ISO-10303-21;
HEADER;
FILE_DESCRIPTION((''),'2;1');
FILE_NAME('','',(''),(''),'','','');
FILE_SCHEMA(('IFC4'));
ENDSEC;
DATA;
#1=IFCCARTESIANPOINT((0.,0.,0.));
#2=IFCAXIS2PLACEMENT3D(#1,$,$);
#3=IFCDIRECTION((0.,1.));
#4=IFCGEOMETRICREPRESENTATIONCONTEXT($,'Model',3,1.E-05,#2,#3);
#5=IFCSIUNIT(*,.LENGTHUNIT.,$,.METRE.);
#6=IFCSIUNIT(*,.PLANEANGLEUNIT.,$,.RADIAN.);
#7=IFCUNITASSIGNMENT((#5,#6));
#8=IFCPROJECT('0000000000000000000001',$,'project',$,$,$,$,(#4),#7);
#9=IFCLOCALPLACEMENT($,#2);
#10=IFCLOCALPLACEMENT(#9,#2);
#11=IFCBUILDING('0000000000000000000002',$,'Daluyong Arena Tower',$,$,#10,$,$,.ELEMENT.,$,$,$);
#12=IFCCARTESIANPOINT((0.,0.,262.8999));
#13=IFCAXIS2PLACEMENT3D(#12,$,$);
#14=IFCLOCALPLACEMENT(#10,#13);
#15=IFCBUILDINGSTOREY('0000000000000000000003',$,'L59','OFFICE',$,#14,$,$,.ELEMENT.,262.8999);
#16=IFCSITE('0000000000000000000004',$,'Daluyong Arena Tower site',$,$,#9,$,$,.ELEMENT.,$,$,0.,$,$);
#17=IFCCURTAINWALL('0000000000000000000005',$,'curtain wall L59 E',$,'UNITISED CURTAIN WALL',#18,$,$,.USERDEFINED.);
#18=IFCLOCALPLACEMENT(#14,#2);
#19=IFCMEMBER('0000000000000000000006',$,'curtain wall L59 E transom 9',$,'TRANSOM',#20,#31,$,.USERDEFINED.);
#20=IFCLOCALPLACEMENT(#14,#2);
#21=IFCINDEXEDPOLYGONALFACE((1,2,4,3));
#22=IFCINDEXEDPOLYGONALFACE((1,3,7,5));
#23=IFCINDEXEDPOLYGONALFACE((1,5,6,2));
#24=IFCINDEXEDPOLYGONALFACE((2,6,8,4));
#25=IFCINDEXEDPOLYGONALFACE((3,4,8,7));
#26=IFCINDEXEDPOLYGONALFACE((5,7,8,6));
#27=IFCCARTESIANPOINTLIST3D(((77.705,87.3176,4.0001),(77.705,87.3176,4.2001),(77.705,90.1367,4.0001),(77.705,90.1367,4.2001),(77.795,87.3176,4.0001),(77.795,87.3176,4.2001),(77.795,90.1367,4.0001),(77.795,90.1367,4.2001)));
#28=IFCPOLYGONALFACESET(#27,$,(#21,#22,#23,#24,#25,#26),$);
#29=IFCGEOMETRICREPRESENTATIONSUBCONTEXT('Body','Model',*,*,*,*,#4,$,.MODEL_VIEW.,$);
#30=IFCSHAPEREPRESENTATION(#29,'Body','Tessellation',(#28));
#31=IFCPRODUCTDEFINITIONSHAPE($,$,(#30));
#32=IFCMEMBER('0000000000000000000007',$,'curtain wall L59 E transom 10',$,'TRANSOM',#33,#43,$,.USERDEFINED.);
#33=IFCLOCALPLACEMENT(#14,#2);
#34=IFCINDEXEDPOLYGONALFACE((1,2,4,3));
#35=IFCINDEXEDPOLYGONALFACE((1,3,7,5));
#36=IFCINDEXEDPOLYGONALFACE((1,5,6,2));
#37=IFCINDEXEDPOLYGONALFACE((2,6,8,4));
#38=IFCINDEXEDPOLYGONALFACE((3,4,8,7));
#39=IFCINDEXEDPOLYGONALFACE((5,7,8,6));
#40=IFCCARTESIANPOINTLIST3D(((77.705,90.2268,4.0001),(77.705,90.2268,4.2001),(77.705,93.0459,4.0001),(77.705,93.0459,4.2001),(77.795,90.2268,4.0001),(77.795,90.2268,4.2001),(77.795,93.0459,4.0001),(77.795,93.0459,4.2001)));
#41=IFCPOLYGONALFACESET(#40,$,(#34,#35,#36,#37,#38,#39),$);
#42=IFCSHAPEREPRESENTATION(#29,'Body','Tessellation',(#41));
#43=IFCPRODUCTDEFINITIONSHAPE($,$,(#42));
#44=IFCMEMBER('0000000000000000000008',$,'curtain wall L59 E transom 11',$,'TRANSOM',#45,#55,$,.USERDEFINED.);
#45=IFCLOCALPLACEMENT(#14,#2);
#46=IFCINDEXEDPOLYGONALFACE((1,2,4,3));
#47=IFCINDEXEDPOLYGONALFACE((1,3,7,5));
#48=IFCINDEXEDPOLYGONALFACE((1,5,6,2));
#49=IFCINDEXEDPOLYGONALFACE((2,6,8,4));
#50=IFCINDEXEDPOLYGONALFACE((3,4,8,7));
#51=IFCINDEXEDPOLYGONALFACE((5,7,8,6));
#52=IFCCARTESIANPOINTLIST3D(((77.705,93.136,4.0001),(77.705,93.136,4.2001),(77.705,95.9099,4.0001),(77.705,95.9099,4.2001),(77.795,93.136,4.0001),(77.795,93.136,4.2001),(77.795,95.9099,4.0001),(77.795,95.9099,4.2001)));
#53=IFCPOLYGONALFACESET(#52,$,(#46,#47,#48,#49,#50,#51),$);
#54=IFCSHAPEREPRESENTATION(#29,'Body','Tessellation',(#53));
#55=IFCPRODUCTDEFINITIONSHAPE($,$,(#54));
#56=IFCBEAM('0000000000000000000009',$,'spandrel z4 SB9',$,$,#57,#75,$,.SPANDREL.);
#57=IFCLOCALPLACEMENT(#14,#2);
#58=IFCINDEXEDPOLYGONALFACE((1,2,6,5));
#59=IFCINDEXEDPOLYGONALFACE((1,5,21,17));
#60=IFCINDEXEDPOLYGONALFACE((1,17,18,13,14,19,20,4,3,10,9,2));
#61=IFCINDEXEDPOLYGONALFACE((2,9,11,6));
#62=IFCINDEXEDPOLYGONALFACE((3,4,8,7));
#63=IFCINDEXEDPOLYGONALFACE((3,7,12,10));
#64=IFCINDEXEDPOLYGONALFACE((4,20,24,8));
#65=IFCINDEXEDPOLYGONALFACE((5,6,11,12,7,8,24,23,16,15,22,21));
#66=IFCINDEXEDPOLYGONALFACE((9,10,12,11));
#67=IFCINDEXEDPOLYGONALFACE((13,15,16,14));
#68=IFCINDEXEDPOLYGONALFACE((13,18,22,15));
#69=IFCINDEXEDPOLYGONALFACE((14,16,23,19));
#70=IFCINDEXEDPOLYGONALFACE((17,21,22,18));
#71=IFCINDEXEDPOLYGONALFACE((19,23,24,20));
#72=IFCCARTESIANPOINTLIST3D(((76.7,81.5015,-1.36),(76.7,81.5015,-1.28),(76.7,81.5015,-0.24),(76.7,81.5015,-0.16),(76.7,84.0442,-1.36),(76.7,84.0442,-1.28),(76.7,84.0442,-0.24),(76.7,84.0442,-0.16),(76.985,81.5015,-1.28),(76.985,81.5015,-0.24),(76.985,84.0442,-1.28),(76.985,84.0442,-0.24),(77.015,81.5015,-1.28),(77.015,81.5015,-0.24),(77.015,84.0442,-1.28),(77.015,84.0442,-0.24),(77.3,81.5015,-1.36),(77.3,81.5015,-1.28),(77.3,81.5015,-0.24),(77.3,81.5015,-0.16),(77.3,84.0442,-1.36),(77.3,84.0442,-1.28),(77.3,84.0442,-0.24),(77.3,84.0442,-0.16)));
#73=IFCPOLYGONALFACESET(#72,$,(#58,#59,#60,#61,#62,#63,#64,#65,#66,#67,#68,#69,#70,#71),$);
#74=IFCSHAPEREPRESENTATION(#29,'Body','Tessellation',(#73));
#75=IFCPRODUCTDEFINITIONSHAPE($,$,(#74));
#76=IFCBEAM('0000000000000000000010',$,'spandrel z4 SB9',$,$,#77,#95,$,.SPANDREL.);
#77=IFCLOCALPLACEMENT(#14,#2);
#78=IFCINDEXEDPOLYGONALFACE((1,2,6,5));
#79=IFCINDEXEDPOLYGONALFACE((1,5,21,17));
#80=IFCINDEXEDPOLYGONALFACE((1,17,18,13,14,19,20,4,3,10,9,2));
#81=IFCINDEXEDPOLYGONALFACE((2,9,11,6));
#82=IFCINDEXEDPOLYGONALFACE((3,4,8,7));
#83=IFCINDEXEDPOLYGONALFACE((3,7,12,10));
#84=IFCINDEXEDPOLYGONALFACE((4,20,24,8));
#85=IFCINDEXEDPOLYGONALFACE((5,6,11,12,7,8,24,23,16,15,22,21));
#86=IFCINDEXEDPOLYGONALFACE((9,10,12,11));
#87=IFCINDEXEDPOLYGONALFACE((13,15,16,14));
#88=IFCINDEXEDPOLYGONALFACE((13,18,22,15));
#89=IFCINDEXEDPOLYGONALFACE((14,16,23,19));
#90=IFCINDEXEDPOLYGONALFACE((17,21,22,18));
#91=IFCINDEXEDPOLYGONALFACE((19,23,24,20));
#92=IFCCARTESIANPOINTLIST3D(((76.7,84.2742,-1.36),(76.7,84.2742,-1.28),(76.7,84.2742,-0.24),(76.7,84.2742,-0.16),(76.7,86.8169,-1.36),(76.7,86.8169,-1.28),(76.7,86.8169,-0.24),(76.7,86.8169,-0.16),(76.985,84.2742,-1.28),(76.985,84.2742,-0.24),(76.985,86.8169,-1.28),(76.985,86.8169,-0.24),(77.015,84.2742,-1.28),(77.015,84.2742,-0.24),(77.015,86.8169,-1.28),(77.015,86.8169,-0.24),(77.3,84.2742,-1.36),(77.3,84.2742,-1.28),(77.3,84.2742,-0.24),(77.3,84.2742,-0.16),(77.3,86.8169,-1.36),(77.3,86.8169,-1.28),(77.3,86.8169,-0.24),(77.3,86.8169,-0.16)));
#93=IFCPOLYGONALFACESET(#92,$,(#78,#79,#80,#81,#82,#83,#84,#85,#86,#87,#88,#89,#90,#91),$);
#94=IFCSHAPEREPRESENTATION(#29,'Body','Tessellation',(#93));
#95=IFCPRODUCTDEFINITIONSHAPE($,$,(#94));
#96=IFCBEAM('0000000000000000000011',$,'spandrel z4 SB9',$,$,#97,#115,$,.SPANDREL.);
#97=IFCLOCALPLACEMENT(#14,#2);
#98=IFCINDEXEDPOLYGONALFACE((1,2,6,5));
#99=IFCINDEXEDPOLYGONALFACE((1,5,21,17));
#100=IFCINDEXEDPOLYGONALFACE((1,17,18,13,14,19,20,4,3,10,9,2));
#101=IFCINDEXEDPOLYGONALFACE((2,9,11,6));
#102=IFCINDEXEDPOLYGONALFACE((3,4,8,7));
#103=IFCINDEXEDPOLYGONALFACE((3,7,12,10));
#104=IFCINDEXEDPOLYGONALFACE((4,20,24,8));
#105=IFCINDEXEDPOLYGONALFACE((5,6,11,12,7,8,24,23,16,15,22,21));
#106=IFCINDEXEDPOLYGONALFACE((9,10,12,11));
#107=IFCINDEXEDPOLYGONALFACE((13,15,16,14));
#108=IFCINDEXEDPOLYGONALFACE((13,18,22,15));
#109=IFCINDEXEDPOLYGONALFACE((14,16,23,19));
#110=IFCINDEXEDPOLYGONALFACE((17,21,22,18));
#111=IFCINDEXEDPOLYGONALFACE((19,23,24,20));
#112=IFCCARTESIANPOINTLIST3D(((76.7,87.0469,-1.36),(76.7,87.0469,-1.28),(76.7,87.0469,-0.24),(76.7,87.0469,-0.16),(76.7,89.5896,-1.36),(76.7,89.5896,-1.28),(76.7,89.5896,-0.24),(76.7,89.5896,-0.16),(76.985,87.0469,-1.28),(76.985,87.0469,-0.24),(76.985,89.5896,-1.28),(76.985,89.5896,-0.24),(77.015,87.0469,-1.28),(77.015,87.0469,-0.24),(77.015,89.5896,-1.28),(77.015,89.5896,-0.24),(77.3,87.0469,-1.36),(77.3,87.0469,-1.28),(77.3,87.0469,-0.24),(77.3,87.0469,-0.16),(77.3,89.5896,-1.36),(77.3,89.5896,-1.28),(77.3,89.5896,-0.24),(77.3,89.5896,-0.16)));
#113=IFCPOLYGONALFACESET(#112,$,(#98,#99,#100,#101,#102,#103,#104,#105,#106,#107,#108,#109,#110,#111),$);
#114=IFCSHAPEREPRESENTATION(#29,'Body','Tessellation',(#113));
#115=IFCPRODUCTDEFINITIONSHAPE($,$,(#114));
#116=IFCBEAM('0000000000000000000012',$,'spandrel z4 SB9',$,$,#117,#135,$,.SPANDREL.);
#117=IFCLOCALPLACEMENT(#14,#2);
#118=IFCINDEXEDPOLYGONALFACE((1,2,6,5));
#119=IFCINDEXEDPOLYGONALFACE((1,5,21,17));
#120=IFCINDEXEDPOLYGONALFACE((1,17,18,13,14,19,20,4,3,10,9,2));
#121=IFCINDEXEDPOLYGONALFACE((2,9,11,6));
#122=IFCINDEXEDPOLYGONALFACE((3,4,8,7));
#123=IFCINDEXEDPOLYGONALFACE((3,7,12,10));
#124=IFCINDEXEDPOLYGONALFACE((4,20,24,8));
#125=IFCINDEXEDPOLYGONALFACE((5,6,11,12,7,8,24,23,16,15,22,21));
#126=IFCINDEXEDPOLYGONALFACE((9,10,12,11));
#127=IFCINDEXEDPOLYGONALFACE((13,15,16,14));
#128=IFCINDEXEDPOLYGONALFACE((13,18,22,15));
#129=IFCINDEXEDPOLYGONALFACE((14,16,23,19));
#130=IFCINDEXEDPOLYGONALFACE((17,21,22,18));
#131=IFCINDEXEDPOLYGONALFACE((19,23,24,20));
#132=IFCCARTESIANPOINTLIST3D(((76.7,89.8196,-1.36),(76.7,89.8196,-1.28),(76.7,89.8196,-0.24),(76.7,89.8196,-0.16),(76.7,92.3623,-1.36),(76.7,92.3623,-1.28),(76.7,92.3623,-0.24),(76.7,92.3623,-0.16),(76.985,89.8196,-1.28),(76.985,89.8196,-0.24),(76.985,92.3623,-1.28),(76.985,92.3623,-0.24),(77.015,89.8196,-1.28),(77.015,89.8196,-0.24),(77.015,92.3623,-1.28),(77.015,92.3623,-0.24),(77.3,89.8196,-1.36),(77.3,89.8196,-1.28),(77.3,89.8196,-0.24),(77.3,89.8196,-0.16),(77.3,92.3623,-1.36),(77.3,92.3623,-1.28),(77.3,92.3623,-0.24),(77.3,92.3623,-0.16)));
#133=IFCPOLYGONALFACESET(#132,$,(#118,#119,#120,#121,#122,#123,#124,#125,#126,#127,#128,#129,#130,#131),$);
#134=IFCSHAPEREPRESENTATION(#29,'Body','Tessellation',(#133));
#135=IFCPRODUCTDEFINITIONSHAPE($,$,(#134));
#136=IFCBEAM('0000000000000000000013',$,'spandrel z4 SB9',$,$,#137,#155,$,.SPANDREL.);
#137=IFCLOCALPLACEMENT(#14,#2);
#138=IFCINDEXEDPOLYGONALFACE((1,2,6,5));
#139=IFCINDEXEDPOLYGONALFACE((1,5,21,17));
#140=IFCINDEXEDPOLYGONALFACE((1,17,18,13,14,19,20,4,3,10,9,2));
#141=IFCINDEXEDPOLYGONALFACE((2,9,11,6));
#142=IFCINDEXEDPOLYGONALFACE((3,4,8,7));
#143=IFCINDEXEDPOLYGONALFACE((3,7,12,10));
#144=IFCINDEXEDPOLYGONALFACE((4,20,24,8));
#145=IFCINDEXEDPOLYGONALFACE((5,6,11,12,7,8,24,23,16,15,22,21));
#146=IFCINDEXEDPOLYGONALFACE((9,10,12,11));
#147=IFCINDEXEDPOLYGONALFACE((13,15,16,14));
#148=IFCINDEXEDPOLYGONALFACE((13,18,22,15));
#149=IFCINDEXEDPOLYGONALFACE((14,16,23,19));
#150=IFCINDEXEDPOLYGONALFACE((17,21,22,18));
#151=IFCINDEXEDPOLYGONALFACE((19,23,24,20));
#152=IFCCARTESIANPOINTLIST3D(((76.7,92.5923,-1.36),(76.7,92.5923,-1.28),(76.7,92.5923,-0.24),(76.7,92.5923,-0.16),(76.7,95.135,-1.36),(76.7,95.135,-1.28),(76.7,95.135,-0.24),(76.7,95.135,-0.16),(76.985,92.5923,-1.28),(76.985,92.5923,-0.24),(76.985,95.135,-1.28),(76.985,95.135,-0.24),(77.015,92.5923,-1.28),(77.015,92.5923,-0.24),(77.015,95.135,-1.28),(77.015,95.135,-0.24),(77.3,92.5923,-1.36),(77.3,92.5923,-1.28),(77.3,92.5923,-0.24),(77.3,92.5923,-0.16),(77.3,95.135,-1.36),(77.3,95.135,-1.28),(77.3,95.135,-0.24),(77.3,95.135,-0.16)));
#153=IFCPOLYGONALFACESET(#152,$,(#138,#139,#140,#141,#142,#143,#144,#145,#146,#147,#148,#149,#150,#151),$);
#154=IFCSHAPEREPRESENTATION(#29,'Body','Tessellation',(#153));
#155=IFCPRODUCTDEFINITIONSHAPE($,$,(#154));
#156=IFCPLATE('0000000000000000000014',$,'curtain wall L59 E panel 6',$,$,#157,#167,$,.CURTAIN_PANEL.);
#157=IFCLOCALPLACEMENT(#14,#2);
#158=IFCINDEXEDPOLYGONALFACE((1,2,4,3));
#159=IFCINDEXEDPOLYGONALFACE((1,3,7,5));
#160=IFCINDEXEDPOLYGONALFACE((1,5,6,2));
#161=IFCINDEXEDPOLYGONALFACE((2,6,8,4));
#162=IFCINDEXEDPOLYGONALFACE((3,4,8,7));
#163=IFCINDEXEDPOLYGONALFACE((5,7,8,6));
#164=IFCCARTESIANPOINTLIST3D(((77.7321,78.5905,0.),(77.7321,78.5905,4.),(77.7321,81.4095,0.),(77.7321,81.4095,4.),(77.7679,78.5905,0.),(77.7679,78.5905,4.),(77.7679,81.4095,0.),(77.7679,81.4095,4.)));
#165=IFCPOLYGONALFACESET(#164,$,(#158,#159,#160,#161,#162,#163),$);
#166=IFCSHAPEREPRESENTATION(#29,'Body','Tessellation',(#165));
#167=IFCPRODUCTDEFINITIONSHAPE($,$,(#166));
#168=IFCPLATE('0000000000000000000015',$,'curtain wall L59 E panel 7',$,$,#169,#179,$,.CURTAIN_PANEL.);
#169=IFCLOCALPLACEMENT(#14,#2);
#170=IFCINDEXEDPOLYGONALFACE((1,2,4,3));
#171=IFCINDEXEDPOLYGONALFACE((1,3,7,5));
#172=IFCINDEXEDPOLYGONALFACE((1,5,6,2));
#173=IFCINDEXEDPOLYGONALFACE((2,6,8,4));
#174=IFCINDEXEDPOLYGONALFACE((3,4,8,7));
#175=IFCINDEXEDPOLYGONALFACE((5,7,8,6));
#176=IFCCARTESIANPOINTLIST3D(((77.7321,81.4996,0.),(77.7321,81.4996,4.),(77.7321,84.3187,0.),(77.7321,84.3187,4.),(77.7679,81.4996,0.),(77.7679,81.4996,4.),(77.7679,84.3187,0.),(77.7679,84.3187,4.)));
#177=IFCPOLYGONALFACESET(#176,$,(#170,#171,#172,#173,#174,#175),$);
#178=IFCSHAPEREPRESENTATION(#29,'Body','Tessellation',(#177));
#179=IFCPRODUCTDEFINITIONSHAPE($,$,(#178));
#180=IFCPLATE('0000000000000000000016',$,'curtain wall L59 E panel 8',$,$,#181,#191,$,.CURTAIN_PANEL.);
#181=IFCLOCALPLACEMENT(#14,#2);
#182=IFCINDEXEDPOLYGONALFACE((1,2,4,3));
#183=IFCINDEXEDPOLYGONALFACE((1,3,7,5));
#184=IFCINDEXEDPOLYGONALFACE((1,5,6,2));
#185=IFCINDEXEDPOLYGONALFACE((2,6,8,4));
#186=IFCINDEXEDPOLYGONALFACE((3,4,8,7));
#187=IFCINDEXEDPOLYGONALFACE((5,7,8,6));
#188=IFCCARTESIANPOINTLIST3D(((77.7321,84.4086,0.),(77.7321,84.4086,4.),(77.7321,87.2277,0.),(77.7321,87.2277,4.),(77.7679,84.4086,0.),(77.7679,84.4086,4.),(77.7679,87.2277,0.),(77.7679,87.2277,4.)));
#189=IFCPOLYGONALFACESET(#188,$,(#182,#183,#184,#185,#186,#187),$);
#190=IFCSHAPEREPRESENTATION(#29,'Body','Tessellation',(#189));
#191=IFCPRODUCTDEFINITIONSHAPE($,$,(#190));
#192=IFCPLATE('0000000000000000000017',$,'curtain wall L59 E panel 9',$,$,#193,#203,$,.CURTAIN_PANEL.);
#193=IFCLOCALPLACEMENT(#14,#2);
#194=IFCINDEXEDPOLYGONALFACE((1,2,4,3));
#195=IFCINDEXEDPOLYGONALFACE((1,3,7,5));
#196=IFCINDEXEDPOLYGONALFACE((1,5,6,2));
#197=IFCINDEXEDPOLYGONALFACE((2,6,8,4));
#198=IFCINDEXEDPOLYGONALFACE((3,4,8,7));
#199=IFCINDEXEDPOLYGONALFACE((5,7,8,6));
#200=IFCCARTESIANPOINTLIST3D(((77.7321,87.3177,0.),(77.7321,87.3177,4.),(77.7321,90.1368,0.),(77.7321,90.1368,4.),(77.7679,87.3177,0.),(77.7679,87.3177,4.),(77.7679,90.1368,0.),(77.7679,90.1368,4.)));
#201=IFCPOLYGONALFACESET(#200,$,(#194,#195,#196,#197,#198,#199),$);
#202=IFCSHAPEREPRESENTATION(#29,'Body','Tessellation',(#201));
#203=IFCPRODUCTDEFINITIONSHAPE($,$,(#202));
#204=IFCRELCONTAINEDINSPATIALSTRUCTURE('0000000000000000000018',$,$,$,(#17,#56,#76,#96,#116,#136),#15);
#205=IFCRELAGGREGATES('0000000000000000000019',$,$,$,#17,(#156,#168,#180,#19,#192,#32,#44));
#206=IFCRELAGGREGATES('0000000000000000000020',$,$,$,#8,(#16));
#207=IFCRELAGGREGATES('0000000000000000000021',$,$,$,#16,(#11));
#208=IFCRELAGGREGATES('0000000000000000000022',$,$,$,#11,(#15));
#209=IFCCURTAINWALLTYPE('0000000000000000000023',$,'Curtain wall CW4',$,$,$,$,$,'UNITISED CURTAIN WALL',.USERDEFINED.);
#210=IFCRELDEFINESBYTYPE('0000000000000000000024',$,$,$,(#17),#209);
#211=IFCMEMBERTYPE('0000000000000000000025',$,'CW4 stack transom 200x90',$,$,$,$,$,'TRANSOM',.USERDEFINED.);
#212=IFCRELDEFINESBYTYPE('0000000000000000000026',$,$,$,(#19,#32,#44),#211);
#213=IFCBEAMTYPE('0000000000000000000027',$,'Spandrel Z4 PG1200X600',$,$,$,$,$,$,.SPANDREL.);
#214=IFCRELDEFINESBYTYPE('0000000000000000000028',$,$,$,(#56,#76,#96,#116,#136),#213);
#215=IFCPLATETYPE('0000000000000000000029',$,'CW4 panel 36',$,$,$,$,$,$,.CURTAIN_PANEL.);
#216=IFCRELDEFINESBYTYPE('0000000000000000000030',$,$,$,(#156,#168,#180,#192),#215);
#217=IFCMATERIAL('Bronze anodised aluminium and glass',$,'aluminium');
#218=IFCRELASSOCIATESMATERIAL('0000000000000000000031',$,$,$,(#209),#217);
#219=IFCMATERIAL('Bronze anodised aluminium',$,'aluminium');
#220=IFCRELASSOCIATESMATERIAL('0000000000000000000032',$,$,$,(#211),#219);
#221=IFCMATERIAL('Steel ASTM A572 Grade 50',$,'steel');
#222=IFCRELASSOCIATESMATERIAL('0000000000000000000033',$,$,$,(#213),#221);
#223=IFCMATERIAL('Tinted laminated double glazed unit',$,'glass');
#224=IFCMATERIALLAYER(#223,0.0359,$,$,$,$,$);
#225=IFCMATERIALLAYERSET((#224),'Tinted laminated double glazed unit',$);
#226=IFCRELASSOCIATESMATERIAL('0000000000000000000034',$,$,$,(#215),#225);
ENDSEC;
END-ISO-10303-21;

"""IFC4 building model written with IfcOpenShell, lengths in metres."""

from ifc_helpers import new_model, si_unit, direction, frame, origin, origin_2d, place, context, subcontext, project, spatial, rectangle, i_section, extrude, material, layer, layer_set, material_profile, profile_set, type_object, element, aggregate, save


model = new_model("IFC4")

# Units and contexts
model_context = context("Model", 3, precision=1e-05, world=origin(), true_north=direction((0.0, 1.0)))
body_context = subcontext(model_context, "Body", "Model", "MODEL_VIEW")
ifc_project = project(units=[si_unit("LENGTHUNIT", "METRE"), si_unit("PLANEANGLEUNIT", "RADIAN")], contexts=[model_context])

# Site, building, storey
site_placement = place(None, origin())
site = spatial("IfcSite", under=ifc_project, at=site_placement, Name="Daluyong Arena Tower site", CompositionType="ELEMENT", RefElevation=0.0)
building_placement = place(site_placement, origin())
building = spatial("IfcBuilding", under=site, at=building_placement, Name="Daluyong Arena Tower", CompositionType="ELEMENT")
storey_placement = place(building_placement, frame((0.0, 0.0, 262.8999)))
storey = spatial("IfcBuildingStorey", under=building, at=storey_placement, Name="L59", Description="OFFICE", CompositionType="ELEMENT", Elevation=262.8999)

# Curtain wall, members
ifc_material_1 = material(Name="Bronze anodised aluminium and glass", Category="aluminium")
curtain_wall_type = type_object("IfcCurtainWallType", Name="Curtain wall CW4", ElementType="UNITISED CURTAIN WALL", PredefinedType="USERDEFINED", material=ifc_material_1)
curtain_wall_placement = place(storey_placement, origin())
curtain_wall = element("IfcCurtainWall", 1, at=curtain_wall_placement, inside=storey, type_object=curtain_wall_type, Name="curtain wall L59 E", ObjectType="UNITISED CURTAIN WALL", PredefinedType="USERDEFINED")
ifc_material_2 = material(Name="Bronze anodised aluminium", Category="aluminium")
ifc_material_profile_1 = material_profile(ifc_material_2, rectangle(XDim=0.0901, YDim=0.2, at=origin_2d()))
ifc_profile_set_1 = profile_set([ifc_material_profile_1], Name="Bronze anodised aluminium")
member_type_1 = type_object("IfcMemberType", Name="CW4 stack transom 200x90", ElementType="TRANSOM", PredefinedType="USERDEFINED", material=ifc_profile_set_1)
member_1_placement = place(storey_placement, frame((77.75, 87.3176, 4.1001), z_axis=(0.0, 1.0, 0.0), x_axis=(-1.0, 0.0, 0.0)))
member_1 = element("IfcMember", 2, at=member_1_placement, type_object=member_type_1, Name="curtain wall L59 E transom 9", ObjectType="TRANSOM", PredefinedType="USERDEFINED", context=body_context, shape_type="SweptSolid", body=[
    extrude(rectangle(XDim=0.0901, YDim=0.2, at=origin_2d()), origin(), (0.0, 0.0, 1.0), 2.8191),
])
member_2_placement = place(storey_placement, frame((77.75, 90.2268, 4.1001), z_axis=(0.0, 1.0, 0.0), x_axis=(-1.0, 0.0, 0.0)))
member_2 = element("IfcMember", 3, at=member_2_placement, type_object=member_type_1, Name="curtain wall L59 E transom 10", ObjectType="TRANSOM", PredefinedType="USERDEFINED", context=body_context, shape_type="SweptSolid", body=[
    extrude(rectangle(XDim=0.0901, YDim=0.2, at=origin_2d()), origin(), (0.0, 0.0, 1.0), 2.8191),
])
member_3_placement = place(storey_placement, frame((77.75, 93.136, 4.1001), z_axis=(0.0, 1.0, 0.0), x_axis=(-1.0, 0.0, 0.0)))
member_3 = element("IfcMember", 4, at=member_3_placement, type_object=member_type_1, Name="curtain wall L59 E transom 11", ObjectType="TRANSOM", PredefinedType="USERDEFINED", context=body_context, shape_type="SweptSolid", body=[
    extrude(rectangle(XDim=0.0901, YDim=0.2, at=origin_2d()), origin(), (0.0, 0.0, 1.0), 2.7739),
])

# Beams
ifc_material_3 = material(Name="Steel ASTM A572 Grade 50", Category="steel")
ifc_material_profile_2 = material_profile(ifc_material_3, i_section(OverallWidth=0.6001, OverallDepth=1.2, WebThickness=0.03, FlangeThickness=0.08, at=origin_2d()))
ifc_profile_set_2 = profile_set([ifc_material_profile_2], Name="Steel ASTM A572 Grade 50")
beam_type = type_object("IfcBeamType", Name="Spandrel Z4 PG1200X600", PredefinedType="SPANDREL", material=ifc_profile_set_2)
for number, where, z_axis, x_axis, name in (
    (5, (77.0, 81.5015, -0.76), (0.0, 1.0, 0.0), (-1.0, 0.0, 0.0), "spandrel z4 SB9"),
    (6, (77.0, 84.2742, -0.76), (0.0, 1.0, 0.0), (-1.0, 0.0, 0.0), "spandrel z4 SB9"),
    (7, (77.0, 87.0469, -0.76), (0.0, 1.0, 0.0), (-1.0, 0.0, 0.0), "spandrel z4 SB9"),
    (8, (77.0, 89.8196, -0.76), (0.0, 1.0, 0.0), (-1.0, 0.0, 0.0), "spandrel z4 SB9"),
    (9, (77.0, 92.5923, -0.76), (0.0, 1.0, 0.0), (-1.0, 0.0, 0.0), "spandrel z4 SB9"),
):
    element("IfcBeam", number, at=place(storey_placement, frame(where, z_axis=z_axis, x_axis=x_axis)), inside=storey, type_object=beam_type, Name=name, PredefinedType="SPANDREL", context=body_context, shape_type="SweptSolid", body=[
        extrude(i_section(OverallWidth=0.6001, OverallDepth=1.2, WebThickness=0.03, FlangeThickness=0.08, at=origin_2d()), origin(), (0.0, 0.0, 1.0), 2.5427),
    ])

# Plates
ifc_material_4 = material(Name="Tinted laminated double glazed unit", Category="glass")
ifc_layer = layer(ifc_material_4, 0.0359)
ifc_layer_set = layer_set([ifc_layer], Name="Tinted laminated double glazed unit")
plate_type = type_object("IfcPlateType", Name="CW4 panel 36", PredefinedType="CURTAIN_PANEL", material=ifc_layer_set)
plate_1_placement = place(storey_placement, frame((77.75, 80.0, 0.0), z_axis=(0.0, 0.0, 1.0), x_axis=(0.0, 1.0, 0.0)))
plate_1 = element("IfcPlate", 10, at=plate_1_placement, type_object=plate_type, Name="curtain wall L59 E panel 6", PredefinedType="CURTAIN_PANEL", context=body_context, shape_type="SweptSolid", body=[
    extrude(rectangle(XDim=2.8191, YDim=0.0359, at=origin_2d()), origin(), (0.0, 0.0, 1.0), 4.0),
])
plate_2_placement = place(storey_placement, frame((77.75, 82.9092, 0.0), z_axis=(0.0, 0.0, 1.0), x_axis=(0.0, 1.0, 0.0)))
plate_2 = element("IfcPlate", 11, at=plate_2_placement, type_object=plate_type, Name="curtain wall L59 E panel 7", PredefinedType="CURTAIN_PANEL", context=body_context, shape_type="SweptSolid", body=[
    extrude(rectangle(XDim=2.8191, YDim=0.0359, at=origin_2d()), origin(), (0.0, 0.0, 1.0), 4.0),
])
plate_3_placement = place(storey_placement, frame((77.75, 85.8181, 0.0), z_axis=(0.0, 0.0, 1.0), x_axis=(0.0, 1.0, 0.0)))
plate_3 = element("IfcPlate", 12, at=plate_3_placement, type_object=plate_type, Name="curtain wall L59 E panel 8", PredefinedType="CURTAIN_PANEL", context=body_context, shape_type="SweptSolid", body=[
    extrude(rectangle(XDim=2.8191, YDim=0.0359, at=origin_2d()), origin(), (0.0, 0.0, 1.0), 4.0),
])
plate_4_placement = place(storey_placement, frame((77.75, 88.7273, 0.0), z_axis=(0.0, 0.0, 1.0), x_axis=(0.0, 1.0, 0.0)))
plate_4 = element("IfcPlate", 13, at=plate_4_placement, type_object=plate_type, Name="curtain wall L59 E panel 9", PredefinedType="CURTAIN_PANEL", context=body_context, shape_type="SweptSolid", body=[
    extrude(rectangle(XDim=2.8191, YDim=0.0359, at=origin_2d()), origin(), (0.0, 0.0, 1.0), 4.0),
])
aggregate(curtain_wall, [plate_1, plate_2, plate_3, member_1, plate_4, member_2, member_3])

save(model, "model.ifc")
